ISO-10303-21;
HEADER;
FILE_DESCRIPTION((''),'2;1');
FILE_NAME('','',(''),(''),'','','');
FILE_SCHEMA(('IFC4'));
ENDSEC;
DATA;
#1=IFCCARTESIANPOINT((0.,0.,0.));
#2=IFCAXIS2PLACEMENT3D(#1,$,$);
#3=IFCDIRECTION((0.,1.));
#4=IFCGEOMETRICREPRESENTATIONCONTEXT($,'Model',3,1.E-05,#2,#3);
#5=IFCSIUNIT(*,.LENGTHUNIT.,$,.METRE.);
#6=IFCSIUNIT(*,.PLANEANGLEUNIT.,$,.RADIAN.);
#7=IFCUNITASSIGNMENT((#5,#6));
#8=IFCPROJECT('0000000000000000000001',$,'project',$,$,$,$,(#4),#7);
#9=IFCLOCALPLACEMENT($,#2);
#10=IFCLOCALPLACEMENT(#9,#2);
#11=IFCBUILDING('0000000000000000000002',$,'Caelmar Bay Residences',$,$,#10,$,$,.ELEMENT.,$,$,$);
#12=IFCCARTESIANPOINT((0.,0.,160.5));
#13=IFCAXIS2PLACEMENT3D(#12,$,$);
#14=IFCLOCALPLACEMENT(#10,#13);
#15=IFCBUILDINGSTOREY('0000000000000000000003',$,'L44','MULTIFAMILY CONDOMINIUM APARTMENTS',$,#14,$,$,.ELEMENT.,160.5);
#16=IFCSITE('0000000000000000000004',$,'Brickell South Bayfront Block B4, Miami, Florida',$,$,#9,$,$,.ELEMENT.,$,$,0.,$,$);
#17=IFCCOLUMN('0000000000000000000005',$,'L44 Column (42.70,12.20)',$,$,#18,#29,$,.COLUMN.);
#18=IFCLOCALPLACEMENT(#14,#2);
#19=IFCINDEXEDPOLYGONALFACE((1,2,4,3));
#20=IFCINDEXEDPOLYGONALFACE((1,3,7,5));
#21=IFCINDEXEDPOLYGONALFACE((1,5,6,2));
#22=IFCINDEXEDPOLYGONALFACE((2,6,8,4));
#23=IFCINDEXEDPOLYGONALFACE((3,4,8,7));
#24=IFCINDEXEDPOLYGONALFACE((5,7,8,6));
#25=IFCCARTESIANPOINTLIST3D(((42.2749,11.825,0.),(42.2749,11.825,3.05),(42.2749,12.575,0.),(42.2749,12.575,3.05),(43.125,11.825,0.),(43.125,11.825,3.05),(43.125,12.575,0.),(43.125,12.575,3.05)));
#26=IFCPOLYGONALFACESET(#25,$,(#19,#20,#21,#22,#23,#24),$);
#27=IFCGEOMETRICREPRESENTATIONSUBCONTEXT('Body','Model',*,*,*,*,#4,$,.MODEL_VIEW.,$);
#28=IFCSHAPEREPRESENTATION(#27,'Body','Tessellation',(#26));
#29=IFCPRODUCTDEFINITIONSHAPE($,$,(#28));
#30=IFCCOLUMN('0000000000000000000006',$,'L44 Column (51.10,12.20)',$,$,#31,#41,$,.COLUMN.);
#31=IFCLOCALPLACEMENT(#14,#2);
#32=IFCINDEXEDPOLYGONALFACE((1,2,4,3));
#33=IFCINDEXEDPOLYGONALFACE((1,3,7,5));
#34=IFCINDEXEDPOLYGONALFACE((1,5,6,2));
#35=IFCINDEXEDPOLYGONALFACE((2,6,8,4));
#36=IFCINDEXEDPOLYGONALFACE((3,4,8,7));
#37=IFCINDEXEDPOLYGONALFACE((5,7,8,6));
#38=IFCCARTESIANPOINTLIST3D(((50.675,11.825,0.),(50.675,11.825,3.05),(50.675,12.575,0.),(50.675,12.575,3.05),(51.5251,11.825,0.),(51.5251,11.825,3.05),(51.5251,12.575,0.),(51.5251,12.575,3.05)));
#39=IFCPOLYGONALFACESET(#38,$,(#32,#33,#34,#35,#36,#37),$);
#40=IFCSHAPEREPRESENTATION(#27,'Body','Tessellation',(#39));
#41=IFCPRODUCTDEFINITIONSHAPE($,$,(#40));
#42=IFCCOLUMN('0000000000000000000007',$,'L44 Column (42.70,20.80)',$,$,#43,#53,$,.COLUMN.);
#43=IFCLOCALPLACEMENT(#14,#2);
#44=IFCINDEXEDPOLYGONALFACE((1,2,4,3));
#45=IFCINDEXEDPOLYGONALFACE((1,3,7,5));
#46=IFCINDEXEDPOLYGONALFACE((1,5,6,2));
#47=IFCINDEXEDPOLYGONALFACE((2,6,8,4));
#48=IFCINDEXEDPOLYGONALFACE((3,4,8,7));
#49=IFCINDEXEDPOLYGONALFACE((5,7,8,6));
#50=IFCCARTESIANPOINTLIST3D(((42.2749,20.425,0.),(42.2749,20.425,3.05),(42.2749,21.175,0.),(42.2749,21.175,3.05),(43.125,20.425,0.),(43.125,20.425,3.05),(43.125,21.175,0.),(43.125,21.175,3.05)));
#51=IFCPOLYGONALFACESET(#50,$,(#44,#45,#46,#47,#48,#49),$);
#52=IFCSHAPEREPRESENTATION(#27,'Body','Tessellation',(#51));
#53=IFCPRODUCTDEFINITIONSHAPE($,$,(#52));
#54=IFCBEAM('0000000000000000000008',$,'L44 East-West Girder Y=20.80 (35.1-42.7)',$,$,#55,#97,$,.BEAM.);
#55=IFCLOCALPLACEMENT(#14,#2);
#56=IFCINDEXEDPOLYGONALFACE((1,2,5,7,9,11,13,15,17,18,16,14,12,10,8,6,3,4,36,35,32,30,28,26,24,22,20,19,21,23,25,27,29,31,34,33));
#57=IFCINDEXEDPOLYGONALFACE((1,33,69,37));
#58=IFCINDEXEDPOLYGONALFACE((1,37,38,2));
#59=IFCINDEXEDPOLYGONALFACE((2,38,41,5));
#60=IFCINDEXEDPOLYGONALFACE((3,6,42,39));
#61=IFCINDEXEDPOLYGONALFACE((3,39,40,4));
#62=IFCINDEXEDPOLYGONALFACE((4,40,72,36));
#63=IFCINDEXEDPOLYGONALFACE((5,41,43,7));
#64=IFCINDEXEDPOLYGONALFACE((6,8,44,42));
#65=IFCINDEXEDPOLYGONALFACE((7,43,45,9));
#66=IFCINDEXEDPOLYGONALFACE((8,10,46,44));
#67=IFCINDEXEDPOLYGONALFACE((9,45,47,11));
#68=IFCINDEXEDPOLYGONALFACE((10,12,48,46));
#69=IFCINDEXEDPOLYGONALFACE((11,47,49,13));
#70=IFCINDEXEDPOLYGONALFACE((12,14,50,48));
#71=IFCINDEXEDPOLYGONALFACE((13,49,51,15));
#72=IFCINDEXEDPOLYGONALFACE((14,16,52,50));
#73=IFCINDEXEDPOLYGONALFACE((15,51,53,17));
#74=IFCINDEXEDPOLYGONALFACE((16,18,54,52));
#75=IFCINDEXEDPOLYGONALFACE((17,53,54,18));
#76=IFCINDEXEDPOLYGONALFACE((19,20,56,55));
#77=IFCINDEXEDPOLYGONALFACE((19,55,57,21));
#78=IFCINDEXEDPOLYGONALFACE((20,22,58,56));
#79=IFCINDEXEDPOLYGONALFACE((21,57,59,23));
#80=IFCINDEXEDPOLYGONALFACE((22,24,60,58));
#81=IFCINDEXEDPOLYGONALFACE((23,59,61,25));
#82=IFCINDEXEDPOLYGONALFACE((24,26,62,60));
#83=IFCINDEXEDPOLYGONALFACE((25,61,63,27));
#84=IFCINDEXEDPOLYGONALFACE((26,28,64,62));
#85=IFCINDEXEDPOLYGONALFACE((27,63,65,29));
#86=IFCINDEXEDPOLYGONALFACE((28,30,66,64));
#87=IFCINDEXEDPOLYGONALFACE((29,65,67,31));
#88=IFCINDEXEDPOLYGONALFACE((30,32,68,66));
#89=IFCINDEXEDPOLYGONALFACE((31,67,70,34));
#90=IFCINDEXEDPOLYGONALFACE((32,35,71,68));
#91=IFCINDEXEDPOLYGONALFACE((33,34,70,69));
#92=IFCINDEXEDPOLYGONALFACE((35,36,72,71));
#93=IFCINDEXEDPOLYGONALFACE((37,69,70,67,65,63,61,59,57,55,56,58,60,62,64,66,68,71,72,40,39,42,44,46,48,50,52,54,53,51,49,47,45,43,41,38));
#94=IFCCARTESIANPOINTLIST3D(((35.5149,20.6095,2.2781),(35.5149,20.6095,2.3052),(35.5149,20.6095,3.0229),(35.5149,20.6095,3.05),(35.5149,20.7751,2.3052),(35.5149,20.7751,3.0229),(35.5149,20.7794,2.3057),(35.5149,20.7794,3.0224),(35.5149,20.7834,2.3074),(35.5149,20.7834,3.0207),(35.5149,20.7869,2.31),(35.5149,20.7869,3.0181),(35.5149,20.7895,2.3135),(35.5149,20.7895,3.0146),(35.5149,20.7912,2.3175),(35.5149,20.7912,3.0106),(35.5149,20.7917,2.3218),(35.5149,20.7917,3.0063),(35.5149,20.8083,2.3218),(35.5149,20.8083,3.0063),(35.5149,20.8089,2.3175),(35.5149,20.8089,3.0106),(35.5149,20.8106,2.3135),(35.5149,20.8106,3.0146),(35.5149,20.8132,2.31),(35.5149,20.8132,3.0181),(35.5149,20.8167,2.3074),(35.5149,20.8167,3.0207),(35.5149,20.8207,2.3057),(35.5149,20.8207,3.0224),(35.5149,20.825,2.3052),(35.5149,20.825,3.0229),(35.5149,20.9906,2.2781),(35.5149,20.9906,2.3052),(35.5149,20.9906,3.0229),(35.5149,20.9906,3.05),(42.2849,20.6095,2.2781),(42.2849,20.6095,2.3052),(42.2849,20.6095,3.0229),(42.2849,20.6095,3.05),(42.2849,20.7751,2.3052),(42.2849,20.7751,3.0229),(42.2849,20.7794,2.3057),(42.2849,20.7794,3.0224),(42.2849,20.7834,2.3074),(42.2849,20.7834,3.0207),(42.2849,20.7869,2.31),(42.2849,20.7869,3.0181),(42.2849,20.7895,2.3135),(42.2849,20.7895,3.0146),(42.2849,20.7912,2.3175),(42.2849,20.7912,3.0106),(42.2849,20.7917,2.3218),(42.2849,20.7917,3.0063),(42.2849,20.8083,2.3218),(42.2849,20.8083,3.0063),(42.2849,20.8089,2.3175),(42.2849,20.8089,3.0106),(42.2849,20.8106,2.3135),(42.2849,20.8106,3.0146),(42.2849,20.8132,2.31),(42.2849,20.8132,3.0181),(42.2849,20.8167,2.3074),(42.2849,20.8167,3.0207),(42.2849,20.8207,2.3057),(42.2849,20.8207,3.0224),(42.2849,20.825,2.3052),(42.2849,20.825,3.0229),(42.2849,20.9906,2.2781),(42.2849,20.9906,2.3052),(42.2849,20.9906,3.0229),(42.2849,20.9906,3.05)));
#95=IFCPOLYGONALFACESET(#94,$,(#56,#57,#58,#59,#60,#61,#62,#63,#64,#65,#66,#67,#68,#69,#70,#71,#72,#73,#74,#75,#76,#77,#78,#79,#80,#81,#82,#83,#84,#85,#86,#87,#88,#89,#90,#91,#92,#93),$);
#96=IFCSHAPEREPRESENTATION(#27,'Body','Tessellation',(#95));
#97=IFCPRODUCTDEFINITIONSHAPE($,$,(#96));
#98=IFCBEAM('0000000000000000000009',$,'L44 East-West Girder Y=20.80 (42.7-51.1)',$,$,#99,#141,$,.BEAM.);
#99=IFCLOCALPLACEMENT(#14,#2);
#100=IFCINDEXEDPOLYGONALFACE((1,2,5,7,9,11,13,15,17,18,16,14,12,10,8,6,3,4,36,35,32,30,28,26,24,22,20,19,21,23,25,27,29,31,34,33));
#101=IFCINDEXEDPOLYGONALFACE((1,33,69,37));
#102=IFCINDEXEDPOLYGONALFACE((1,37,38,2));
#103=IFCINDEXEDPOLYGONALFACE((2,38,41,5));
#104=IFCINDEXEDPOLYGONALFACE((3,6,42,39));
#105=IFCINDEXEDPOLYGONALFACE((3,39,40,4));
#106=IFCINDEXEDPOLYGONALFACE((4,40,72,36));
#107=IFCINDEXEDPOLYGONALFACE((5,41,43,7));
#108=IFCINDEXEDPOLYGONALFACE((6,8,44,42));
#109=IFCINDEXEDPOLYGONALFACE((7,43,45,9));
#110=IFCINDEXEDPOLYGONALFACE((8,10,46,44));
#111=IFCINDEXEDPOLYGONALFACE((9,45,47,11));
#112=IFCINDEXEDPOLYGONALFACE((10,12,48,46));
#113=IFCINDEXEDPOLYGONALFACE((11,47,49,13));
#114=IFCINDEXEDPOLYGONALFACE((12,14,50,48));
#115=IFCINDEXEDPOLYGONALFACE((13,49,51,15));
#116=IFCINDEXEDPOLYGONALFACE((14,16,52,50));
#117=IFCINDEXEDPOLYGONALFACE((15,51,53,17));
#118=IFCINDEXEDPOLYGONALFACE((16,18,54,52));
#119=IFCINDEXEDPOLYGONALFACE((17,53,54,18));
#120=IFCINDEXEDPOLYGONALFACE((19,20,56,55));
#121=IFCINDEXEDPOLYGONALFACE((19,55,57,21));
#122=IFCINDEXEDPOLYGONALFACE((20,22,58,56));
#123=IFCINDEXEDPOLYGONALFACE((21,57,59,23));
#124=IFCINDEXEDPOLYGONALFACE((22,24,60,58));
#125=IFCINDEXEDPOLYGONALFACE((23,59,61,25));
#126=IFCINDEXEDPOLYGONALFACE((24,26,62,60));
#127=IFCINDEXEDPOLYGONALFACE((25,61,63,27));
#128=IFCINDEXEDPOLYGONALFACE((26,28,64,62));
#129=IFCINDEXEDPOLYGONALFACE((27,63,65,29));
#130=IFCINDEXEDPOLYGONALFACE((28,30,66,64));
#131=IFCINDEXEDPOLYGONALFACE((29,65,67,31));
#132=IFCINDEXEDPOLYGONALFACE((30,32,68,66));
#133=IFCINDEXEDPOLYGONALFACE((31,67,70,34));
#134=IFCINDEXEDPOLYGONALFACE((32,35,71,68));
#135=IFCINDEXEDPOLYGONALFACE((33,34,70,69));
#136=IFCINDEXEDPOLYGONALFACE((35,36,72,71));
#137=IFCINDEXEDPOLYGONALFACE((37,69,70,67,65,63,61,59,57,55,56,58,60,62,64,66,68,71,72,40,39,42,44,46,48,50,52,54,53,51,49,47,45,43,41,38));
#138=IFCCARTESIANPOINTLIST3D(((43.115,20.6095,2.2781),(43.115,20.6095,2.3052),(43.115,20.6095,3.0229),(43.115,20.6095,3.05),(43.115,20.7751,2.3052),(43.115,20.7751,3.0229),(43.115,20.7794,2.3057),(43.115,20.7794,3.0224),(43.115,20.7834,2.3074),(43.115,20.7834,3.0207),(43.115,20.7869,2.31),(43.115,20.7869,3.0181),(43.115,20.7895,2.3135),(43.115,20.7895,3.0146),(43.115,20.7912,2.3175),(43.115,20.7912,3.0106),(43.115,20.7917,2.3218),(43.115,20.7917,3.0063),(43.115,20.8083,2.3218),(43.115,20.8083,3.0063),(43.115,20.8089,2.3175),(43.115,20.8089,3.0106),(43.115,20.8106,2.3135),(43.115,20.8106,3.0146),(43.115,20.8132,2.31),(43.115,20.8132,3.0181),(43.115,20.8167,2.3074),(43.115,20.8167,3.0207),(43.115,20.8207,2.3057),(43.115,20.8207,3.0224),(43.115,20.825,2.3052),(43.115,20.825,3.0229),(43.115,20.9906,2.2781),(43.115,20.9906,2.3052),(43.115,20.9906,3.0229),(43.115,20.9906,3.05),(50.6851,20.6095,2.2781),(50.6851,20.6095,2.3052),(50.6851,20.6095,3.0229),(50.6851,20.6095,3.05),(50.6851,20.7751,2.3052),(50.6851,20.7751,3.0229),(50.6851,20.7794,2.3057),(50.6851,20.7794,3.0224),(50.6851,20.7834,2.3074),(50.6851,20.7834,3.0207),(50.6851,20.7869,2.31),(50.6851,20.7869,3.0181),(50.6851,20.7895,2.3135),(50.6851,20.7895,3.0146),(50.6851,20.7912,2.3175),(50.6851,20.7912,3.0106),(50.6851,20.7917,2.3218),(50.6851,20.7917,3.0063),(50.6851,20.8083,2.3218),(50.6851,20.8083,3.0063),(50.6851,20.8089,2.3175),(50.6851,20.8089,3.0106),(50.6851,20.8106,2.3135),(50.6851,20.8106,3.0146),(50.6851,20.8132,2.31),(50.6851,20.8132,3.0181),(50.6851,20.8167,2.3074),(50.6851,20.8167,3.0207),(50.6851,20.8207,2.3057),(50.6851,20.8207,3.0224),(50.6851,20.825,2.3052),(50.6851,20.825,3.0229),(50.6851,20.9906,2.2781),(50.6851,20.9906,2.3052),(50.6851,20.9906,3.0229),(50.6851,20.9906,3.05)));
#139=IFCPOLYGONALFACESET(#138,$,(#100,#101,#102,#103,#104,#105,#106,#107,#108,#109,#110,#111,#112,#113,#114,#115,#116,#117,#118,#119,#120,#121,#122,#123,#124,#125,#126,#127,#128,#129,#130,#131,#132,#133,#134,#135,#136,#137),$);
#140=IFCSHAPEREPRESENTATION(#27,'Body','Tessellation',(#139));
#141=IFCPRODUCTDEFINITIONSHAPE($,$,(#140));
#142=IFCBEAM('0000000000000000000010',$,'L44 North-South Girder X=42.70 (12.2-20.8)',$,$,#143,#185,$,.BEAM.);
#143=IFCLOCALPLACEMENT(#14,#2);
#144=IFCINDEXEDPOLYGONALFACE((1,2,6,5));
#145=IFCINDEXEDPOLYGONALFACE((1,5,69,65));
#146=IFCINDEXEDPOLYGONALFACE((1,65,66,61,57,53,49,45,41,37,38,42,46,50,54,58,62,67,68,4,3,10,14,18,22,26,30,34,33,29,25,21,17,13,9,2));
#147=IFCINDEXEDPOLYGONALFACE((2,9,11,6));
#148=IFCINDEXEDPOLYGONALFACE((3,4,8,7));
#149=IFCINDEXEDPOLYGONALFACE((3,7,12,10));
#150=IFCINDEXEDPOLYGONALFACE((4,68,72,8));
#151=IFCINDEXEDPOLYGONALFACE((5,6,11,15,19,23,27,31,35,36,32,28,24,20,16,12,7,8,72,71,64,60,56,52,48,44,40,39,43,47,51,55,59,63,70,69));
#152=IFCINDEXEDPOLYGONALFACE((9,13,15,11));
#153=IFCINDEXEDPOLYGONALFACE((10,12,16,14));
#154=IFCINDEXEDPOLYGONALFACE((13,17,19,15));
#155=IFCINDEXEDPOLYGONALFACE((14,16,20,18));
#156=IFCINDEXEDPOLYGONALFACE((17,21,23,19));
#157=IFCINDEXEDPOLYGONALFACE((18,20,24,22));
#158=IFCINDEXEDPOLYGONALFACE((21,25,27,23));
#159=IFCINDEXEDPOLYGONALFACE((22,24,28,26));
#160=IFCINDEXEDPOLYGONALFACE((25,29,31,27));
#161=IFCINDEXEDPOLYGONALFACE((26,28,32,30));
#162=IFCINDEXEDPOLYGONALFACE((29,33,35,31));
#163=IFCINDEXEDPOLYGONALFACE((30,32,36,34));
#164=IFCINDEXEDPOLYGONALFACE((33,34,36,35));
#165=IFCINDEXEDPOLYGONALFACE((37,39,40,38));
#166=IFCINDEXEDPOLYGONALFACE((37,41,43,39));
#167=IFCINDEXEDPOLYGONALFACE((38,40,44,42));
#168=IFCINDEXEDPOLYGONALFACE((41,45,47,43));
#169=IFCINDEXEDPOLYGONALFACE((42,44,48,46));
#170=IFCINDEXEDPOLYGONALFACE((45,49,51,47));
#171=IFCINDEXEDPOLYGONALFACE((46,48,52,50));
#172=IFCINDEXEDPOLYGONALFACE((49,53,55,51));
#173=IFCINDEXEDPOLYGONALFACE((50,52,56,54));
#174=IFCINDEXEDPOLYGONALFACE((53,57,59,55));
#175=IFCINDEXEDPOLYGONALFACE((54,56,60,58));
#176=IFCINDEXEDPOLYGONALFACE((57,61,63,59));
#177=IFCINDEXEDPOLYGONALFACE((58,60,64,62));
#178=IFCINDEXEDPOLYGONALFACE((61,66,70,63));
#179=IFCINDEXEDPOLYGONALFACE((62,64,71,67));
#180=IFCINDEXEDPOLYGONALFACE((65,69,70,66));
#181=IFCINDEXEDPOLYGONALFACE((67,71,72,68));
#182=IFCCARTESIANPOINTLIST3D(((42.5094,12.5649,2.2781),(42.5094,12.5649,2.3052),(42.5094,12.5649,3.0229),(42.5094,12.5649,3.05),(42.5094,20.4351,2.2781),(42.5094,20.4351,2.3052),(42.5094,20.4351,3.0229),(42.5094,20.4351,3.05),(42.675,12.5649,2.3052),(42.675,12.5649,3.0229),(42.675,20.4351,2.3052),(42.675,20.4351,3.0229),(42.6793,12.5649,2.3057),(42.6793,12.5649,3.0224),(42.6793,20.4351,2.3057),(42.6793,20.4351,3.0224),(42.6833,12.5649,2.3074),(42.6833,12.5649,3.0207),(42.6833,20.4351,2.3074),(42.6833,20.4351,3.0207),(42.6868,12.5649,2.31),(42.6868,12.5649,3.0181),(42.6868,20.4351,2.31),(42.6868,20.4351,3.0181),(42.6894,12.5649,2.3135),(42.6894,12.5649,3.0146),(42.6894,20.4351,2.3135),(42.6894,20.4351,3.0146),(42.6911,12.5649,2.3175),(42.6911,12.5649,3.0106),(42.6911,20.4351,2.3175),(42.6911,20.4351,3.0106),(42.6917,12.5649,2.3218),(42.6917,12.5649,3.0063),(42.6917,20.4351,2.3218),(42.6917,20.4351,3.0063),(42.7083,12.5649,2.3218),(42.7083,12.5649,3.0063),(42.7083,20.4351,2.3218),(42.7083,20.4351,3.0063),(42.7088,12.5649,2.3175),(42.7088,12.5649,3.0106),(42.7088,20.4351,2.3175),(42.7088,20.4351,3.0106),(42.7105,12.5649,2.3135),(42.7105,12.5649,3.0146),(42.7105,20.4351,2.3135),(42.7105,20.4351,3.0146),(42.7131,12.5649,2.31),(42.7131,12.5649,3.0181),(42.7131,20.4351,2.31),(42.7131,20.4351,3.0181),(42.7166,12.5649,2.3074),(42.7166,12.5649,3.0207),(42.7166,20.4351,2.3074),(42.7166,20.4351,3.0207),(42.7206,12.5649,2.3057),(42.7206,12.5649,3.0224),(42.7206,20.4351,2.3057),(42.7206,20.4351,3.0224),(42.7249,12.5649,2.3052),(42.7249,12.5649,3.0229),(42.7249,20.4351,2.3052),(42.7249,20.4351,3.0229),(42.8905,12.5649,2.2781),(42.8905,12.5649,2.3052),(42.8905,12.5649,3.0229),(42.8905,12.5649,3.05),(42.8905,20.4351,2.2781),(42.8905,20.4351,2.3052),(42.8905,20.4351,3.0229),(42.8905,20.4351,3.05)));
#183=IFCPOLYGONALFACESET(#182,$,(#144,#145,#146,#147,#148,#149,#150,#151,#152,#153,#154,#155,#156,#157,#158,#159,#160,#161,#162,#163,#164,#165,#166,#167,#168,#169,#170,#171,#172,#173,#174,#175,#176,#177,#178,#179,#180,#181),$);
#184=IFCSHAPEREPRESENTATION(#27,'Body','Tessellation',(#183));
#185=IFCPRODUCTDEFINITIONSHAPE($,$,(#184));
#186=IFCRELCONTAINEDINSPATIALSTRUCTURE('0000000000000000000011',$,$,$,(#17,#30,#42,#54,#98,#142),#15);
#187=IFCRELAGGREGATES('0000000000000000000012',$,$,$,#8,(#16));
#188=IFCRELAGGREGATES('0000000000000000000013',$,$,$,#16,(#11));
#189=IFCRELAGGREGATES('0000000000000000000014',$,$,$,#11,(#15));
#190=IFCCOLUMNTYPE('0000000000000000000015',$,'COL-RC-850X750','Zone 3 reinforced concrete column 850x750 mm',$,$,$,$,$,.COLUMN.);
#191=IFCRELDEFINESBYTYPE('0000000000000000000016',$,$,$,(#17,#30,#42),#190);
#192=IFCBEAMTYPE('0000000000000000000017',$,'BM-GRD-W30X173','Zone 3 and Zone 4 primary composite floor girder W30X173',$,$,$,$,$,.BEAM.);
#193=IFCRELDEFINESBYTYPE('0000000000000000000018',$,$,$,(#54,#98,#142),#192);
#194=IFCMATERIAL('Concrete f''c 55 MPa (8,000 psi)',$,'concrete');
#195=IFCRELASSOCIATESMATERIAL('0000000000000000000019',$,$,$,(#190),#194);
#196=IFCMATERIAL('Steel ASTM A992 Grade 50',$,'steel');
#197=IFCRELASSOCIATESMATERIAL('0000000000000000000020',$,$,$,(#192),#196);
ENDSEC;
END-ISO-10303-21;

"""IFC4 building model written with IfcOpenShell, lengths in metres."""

from ifc_helpers import new_model, si_unit, direction, frame, origin, origin_2d, place, context, subcontext, project, spatial, rectangle, i_section, extrude, material, material_profile, profile_set, type_object, element, save


model = new_model("IFC4")

# Units and contexts
model_context = context("Model", 3, precision=1e-05, world=origin(), true_north=direction((0.0, 1.0)))
body_context = subcontext(model_context, "Body", "Model", "MODEL_VIEW")
ifc_project = project(units=[si_unit("LENGTHUNIT", "METRE"), si_unit("PLANEANGLEUNIT", "RADIAN")], contexts=[model_context])

# Site, building, storey
site_placement = place(None, origin())
site = spatial("IfcSite", under=ifc_project, at=site_placement, Name="Brickell South Bayfront Block B4, Miami, Florida", CompositionType="ELEMENT", RefElevation=0.0)
building_placement = place(site_placement, origin())
building = spatial("IfcBuilding", under=site, at=building_placement, Name="Caelmar Bay Residences", CompositionType="ELEMENT")
storey_placement = place(building_placement, frame((0.0, 0.0, 160.5)))
storey = spatial("IfcBuildingStorey", under=building, at=storey_placement, Name="L44", Description="MULTIFAMILY CONDOMINIUM APARTMENTS", CompositionType="ELEMENT", Elevation=160.5)

# Columns
ifc_material_1 = material(Name="Concrete f'c 55 MPa (8,000 psi)", Category="concrete")
ifc_material_profile_1 = material_profile(ifc_material_1, rectangle(XDim=0.8501, YDim=0.75, at=origin_2d()), Name="RC-COL-850X750")
ifc_profile_set_1 = profile_set([ifc_material_profile_1], Name="Concrete f'c 55 MPa (8,000 psi)")
column_type = type_object("IfcColumnType", Name="COL-RC-850X750", Description="Zone 3 reinforced concrete column 850x750 mm", PredefinedType="COLUMN", material=ifc_profile_set_1)
for number, where, z_axis, x_axis, name in (
    (1, (42.7, 12.2, 0.0), (0.0, 0.0, 1.0), (1.0, 0.0, 0.0), "L44 Column (42.70,12.20)"),
    (2, (51.1001, 12.2, 0.0), (0.0, 0.0, 1.0), (1.0, 0.0, 0.0), "L44 Column (51.10,12.20)"),
    (3, (42.7, 20.8, 0.0), (0.0, 0.0, 1.0), (1.0, 0.0, 0.0), "L44 Column (42.70,20.80)"),
):
    element("IfcColumn", number, at=place(storey_placement, frame(where, z_axis=z_axis, x_axis=x_axis)), inside=storey, type_object=column_type, Name=name, PredefinedType="COLUMN", context=body_context, shape_type="SweptSolid", body=[
        extrude(rectangle(XDim=0.8501, YDim=0.75, at=origin_2d()), origin(), (0.0, 0.0, 1.0), 3.05),
    ])

# Beams
ifc_material_2 = material(Name="Steel ASTM A992 Grade 50", Category="steel")
ifc_material_profile_2 = material_profile(ifc_material_2, i_section(OverallWidth=0.3811, OverallDepth=0.772, WebThickness=0.0166, FlangeThickness=0.0271, FilletRadius=0.0166, at=origin_2d()), Name="W30X173")
ifc_profile_set_2 = profile_set([ifc_material_profile_2], Name="Steel ASTM A992 Grade 50")
beam_type_1 = type_object("IfcBeamType", Name="BM-GRD-W30X173", Description="Zone 3 and Zone 4 primary composite floor girder W30X173", PredefinedType="BEAM", material=ifc_profile_set_2)
beam_1_placement = place(storey_placement, frame((35.5149, 20.8, 2.6641), z_axis=(1.0, 0.0, 0.0), x_axis=(0.0, 1.0, 0.0)))
element("IfcBeam", 4, at=beam_1_placement, inside=storey, type_object=beam_type_1, Name="L44 East-West Girder Y=20.80 (35.1-42.7)", PredefinedType="BEAM", context=body_context, shape_type="SweptSolid", body=[
    extrude(i_section(OverallWidth=0.3811, OverallDepth=0.772, WebThickness=0.0166, FlangeThickness=0.0271, FilletRadius=0.0166, at=origin_2d()), origin(), (0.0, 0.0, 1.0), 6.77),
])
beam_2_placement = place(storey_placement, frame((43.115, 20.8, 2.6641), z_axis=(1.0, 0.0, 0.0), x_axis=(0.0, 1.0, 0.0)))
element("IfcBeam", 5, at=beam_2_placement, inside=storey, type_object=beam_type_1, Name="L44 East-West Girder Y=20.80 (42.7-51.1)", PredefinedType="BEAM", context=body_context, shape_type="SweptSolid", body=[
    extrude(i_section(OverallWidth=0.3811, OverallDepth=0.772, WebThickness=0.0166, FlangeThickness=0.0271, FilletRadius=0.0166, at=origin_2d()), origin(), (0.0, 0.0, 1.0), 7.5701),
])
beam_3_placement = place(storey_placement, frame((42.7, 12.5649, 2.6641), z_axis=(0.0, 1.0, 0.0), x_axis=(-1.0, 0.0, 0.0)))
element("IfcBeam", 6, at=beam_3_placement, inside=storey, type_object=beam_type_1, Name="L44 North-South Girder X=42.70 (12.2-20.8)", PredefinedType="BEAM", context=body_context, shape_type="SweptSolid", body=[
    extrude(i_section(OverallWidth=0.3811, OverallDepth=0.772, WebThickness=0.0166, FlangeThickness=0.0271, FilletRadius=0.0166, at=origin_2d()), origin(), (0.0, 0.0, 1.0), 7.8701),
])

save(model, "model.ifc")
